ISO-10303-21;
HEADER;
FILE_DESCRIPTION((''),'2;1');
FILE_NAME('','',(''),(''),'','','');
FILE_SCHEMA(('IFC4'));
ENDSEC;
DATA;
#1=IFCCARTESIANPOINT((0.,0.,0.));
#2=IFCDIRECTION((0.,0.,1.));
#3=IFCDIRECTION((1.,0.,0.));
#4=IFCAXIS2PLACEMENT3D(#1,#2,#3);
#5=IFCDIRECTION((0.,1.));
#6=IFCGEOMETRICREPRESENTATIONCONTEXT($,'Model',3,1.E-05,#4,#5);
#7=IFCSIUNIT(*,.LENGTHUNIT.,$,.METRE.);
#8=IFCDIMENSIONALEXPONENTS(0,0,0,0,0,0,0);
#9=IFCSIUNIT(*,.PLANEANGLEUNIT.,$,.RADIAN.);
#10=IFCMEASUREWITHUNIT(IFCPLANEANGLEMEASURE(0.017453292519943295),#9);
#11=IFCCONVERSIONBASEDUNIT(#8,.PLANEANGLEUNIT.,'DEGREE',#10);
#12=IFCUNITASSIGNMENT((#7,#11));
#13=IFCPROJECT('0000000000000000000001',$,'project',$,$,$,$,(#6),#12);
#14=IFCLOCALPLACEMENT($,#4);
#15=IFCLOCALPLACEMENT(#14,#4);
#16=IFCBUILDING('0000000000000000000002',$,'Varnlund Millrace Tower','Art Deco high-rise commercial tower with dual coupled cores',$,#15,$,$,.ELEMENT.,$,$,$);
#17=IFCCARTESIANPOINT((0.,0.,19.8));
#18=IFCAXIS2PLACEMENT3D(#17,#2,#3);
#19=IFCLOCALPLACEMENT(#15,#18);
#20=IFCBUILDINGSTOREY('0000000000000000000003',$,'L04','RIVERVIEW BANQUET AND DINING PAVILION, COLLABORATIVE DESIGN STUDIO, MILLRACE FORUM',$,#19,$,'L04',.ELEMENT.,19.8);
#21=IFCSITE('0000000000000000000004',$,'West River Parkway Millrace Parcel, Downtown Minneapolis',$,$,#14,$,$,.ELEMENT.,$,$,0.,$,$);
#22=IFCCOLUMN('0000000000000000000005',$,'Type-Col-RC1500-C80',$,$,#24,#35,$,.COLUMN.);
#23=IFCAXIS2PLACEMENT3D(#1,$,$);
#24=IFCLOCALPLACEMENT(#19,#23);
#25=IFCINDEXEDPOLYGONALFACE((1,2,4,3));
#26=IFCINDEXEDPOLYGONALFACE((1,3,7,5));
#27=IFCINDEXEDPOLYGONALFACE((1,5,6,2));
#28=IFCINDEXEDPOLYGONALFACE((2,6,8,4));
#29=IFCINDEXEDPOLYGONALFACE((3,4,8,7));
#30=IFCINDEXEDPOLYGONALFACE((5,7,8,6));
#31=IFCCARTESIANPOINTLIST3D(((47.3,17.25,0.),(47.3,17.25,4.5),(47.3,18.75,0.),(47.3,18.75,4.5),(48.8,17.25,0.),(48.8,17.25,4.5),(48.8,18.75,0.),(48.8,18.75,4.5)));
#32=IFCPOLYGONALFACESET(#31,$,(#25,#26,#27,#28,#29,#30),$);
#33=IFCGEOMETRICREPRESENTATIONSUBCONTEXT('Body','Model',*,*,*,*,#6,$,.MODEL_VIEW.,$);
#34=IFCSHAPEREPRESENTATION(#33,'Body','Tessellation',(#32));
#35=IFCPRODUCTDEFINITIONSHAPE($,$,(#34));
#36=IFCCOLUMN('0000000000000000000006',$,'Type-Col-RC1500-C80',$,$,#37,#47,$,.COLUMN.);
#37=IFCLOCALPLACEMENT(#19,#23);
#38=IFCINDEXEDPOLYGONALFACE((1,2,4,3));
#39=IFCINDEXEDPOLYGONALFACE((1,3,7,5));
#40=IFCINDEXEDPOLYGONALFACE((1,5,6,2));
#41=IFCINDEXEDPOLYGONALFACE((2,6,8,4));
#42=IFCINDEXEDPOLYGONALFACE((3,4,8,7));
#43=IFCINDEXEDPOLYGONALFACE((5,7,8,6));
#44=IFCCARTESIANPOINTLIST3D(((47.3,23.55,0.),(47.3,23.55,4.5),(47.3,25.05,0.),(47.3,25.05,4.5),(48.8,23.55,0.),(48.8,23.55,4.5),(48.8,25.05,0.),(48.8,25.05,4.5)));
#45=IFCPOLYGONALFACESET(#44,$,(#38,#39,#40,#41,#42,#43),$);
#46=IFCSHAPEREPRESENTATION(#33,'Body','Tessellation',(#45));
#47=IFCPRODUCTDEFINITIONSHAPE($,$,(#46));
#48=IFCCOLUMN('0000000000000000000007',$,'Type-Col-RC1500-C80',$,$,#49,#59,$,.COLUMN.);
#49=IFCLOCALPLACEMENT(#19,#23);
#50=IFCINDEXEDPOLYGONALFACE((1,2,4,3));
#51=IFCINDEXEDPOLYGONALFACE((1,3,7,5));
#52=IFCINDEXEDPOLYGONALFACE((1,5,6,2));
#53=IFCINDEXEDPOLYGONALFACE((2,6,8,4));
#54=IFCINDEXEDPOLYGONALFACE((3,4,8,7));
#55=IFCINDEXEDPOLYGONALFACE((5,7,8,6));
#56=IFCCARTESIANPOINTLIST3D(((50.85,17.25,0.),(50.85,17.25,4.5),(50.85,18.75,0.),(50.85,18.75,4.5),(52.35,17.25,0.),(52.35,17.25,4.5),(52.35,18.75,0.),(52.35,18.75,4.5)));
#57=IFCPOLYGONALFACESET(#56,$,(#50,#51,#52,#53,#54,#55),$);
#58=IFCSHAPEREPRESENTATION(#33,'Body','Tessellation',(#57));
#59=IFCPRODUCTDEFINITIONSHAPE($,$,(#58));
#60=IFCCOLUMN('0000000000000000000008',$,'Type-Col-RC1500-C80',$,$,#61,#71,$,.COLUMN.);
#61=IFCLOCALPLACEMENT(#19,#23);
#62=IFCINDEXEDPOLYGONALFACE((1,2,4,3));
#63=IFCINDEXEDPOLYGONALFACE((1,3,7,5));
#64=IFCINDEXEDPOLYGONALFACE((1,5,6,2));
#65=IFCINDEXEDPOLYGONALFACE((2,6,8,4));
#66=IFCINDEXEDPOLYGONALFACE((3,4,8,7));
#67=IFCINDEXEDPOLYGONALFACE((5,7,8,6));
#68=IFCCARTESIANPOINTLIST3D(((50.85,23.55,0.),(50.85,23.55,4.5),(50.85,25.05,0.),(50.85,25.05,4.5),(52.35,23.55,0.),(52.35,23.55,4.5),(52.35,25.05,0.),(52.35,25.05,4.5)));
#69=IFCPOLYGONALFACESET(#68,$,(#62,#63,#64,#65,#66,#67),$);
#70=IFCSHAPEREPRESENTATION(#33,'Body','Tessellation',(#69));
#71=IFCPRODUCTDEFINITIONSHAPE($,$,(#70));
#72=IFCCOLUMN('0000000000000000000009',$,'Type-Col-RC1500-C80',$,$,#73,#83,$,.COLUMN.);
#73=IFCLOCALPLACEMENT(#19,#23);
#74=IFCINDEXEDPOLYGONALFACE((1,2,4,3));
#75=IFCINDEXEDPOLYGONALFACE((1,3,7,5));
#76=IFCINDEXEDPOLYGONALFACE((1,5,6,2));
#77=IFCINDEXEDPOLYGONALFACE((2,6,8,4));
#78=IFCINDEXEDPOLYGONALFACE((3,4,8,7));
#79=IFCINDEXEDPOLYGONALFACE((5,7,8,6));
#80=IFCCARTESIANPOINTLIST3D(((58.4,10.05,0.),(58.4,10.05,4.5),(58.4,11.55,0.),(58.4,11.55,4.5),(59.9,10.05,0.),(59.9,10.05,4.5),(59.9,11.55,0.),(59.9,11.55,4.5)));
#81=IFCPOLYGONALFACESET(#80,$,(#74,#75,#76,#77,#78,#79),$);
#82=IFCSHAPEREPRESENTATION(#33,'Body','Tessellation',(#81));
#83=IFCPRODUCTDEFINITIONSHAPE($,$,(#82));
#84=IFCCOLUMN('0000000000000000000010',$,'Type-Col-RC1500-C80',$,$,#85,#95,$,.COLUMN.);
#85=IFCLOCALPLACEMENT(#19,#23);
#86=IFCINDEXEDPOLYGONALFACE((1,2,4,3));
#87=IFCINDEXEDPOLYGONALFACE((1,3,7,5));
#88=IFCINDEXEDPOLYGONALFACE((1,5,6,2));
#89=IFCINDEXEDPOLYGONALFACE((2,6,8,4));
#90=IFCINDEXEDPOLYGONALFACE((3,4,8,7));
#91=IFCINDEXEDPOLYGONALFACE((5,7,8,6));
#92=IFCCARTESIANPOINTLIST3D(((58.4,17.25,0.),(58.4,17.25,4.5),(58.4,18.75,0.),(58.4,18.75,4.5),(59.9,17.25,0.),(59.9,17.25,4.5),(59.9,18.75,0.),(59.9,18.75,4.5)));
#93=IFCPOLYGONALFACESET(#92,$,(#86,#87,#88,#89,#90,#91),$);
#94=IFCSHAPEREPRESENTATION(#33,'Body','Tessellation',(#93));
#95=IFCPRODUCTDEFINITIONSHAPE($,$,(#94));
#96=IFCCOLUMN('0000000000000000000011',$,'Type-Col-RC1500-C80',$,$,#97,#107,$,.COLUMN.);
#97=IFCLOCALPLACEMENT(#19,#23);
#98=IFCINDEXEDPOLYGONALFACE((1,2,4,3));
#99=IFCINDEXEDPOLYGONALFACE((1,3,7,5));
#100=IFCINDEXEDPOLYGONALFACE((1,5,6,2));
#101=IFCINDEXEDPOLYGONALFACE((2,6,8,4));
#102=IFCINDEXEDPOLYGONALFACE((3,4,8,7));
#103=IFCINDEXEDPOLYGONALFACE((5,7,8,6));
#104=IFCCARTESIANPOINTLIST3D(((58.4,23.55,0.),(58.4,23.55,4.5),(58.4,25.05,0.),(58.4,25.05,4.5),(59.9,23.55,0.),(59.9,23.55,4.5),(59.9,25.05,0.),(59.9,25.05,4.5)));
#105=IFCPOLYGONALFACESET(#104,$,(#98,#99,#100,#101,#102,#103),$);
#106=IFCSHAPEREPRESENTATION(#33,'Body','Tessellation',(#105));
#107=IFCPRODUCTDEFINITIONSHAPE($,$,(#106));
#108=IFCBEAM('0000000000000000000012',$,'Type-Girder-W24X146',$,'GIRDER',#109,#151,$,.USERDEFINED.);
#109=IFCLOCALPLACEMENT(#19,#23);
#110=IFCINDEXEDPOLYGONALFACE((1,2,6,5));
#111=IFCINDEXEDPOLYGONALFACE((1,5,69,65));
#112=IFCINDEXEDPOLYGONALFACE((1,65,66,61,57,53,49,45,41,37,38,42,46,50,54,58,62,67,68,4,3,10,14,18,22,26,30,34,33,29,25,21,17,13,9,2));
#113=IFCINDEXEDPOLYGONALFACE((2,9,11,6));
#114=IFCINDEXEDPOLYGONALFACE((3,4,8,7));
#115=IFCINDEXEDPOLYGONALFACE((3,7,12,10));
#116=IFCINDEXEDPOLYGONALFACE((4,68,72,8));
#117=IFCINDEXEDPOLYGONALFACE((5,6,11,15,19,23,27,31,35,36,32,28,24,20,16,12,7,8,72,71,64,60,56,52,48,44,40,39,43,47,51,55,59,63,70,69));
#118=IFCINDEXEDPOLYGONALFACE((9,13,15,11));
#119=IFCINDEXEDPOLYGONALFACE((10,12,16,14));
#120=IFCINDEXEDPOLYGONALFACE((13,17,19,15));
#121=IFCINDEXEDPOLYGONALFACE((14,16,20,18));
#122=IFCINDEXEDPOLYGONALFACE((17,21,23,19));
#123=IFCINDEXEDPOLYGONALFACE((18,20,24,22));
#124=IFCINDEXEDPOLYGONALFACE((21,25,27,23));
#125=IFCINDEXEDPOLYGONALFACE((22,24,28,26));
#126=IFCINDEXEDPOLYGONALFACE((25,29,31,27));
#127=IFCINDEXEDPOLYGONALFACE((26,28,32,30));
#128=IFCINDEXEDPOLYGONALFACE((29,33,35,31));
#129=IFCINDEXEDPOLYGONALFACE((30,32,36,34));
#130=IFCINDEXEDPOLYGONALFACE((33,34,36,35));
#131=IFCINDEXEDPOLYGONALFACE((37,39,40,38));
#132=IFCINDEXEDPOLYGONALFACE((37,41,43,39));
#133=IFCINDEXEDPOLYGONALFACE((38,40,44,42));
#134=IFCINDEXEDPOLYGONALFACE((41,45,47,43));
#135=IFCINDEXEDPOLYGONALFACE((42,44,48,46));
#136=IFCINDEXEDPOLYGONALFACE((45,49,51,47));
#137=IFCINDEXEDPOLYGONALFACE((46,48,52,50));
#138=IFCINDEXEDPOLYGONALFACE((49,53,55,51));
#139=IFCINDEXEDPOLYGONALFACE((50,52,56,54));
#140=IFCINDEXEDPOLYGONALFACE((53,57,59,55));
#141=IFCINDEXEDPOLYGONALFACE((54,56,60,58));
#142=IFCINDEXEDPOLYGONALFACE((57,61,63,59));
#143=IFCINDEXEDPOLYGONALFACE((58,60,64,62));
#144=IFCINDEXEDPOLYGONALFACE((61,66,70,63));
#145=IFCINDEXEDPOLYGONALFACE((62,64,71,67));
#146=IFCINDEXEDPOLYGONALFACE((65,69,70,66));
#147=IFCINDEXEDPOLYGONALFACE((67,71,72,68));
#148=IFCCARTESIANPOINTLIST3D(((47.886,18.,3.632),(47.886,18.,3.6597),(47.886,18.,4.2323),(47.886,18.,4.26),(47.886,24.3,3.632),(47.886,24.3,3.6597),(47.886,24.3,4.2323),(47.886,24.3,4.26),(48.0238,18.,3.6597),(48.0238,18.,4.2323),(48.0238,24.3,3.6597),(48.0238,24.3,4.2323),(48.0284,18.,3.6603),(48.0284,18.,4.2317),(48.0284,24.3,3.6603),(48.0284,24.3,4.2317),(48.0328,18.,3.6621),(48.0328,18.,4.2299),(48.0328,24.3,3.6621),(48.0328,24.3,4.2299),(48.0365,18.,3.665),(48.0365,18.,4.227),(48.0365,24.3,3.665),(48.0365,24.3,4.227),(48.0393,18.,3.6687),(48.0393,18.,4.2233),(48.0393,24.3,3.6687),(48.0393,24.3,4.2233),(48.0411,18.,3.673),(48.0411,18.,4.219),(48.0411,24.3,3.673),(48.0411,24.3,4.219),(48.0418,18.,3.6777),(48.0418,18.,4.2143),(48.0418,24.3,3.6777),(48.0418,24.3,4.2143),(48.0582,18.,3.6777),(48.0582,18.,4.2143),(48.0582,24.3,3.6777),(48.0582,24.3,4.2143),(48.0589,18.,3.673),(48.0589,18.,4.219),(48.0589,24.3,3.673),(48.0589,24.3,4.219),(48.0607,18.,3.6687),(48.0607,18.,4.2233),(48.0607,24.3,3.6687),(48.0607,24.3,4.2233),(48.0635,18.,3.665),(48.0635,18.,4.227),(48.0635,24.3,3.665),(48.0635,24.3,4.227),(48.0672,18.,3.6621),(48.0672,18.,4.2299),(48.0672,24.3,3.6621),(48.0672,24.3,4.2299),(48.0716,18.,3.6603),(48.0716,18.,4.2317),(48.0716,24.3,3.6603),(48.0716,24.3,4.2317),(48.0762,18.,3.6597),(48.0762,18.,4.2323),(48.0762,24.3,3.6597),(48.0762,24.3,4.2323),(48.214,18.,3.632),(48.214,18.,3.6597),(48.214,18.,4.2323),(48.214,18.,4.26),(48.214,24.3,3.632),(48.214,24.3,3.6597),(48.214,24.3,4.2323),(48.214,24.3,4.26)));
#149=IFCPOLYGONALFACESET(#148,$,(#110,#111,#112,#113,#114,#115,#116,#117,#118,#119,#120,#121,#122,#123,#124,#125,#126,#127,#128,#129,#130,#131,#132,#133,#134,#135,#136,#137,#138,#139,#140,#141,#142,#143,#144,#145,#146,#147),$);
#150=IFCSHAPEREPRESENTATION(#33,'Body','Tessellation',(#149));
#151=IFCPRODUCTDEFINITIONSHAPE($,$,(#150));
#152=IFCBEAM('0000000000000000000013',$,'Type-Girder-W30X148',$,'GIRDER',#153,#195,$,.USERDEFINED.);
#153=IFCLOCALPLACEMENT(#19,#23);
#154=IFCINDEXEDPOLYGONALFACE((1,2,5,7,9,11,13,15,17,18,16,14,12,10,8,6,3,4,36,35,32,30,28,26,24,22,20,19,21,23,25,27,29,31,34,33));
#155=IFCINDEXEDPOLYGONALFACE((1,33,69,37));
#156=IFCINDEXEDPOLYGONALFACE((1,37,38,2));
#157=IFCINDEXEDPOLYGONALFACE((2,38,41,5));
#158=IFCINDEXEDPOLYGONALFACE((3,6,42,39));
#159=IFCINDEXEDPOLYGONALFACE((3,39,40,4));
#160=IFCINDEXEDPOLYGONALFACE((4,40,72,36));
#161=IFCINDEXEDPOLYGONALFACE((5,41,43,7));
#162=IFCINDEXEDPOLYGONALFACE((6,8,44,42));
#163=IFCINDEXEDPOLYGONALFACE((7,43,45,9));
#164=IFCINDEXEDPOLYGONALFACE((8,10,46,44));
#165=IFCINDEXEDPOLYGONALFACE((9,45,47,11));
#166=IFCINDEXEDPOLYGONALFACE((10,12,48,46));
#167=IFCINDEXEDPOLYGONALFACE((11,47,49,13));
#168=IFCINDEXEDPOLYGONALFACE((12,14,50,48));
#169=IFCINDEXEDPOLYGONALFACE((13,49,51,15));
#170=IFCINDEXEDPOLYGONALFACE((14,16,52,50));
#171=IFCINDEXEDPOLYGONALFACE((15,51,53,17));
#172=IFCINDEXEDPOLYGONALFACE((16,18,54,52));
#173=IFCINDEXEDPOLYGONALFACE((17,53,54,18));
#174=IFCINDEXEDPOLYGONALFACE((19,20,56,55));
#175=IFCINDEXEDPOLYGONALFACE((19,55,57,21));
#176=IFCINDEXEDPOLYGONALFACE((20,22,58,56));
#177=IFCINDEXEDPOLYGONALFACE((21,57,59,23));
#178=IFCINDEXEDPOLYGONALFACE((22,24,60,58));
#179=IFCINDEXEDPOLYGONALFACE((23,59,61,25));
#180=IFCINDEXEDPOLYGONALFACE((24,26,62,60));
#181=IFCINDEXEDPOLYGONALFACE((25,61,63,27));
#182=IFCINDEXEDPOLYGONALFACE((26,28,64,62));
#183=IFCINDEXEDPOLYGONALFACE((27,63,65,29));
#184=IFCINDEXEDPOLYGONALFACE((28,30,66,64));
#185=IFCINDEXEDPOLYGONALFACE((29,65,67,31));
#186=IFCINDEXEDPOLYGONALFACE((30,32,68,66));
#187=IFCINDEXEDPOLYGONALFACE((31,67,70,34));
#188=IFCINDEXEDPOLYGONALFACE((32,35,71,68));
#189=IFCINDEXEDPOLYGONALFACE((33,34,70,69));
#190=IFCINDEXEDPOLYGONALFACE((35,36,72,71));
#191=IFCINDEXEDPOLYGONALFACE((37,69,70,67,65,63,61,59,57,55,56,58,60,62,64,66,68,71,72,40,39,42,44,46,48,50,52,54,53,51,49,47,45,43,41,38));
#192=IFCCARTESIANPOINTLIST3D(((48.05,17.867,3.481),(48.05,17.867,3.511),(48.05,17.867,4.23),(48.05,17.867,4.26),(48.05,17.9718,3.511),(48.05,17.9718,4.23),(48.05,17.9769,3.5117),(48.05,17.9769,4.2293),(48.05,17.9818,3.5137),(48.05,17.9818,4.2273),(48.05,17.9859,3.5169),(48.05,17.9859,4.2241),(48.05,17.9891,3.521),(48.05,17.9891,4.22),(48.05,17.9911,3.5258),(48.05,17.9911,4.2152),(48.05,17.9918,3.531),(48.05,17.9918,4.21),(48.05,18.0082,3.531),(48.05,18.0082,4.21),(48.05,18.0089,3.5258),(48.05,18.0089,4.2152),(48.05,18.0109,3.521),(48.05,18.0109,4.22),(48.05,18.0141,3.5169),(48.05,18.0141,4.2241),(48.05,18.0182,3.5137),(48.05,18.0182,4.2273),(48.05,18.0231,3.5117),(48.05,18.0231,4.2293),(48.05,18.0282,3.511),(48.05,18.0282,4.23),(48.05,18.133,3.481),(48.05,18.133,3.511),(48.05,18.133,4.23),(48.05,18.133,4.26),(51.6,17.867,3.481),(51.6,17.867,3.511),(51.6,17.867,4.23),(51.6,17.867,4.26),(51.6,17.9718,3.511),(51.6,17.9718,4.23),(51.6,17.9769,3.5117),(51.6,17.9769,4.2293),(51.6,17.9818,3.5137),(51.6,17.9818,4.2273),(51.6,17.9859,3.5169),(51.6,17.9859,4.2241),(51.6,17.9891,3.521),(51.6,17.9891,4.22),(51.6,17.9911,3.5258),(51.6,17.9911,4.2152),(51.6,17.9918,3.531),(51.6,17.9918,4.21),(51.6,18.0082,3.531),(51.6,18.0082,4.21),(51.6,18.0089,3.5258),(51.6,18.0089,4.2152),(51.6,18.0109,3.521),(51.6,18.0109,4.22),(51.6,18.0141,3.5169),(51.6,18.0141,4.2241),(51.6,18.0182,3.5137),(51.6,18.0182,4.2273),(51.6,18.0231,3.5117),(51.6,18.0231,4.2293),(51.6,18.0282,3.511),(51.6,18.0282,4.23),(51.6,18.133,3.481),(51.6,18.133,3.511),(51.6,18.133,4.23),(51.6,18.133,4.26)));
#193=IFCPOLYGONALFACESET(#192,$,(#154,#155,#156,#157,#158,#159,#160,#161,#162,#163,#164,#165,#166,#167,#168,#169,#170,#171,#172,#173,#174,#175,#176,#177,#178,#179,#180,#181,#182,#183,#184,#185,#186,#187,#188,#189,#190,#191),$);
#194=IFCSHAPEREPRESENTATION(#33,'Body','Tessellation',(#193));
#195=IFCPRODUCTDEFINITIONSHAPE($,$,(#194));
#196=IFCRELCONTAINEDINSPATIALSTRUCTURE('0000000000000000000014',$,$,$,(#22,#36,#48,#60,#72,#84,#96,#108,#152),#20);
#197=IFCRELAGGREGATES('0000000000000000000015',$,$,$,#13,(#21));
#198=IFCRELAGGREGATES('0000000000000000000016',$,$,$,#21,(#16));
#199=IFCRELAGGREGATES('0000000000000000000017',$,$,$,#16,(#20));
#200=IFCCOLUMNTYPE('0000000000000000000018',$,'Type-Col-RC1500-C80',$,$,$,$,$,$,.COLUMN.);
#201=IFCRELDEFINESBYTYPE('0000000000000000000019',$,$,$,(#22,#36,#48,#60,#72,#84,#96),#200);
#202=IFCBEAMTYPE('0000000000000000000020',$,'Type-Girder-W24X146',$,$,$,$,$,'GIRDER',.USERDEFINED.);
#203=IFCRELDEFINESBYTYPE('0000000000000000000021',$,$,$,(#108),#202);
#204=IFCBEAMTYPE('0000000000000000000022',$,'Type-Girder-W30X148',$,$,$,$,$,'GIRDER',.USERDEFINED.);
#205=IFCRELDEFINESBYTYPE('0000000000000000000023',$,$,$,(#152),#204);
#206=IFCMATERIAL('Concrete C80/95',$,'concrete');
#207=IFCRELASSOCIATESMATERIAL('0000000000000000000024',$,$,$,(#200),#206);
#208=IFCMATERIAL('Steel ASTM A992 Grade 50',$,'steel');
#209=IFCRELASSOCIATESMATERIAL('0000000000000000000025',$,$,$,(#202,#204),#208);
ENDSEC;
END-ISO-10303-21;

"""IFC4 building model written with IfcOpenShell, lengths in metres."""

from ifc_helpers import new_model, entity, si_unit, converted_unit, direction, frame, origin_with_axes, origin_2d_with_axis, place, context, subcontext, project, spatial, rectangle, i_section, extrude, material, material_profile, profile_set, type_object, element, save


model = new_model("IFC4")

# Units and contexts
model_context = context("Model", 3, precision=1e-05, world=origin_with_axes(), true_north=direction((0.0, 1.0)))
body_context = subcontext(model_context, "Body", "Model", "MODEL_VIEW")
ifc_project = project(units=[si_unit("LENGTHUNIT", "METRE"), converted_unit("PLANEANGLEUNIT", "DEGREE", entity("IfcPlaneAngleMeasure", 0.017453292519943295), si_unit("PLANEANGLEUNIT", "RADIAN"), dimensions=[0, 0, 0, 0, 0, 0, 0])], contexts=[model_context])

# Site, building, storey
site_placement = place(None, origin_with_axes())
site = spatial("IfcSite", under=ifc_project, at=site_placement, Name="West River Parkway Millrace Parcel, Downtown Minneapolis", CompositionType="ELEMENT", RefElevation=0.0)
building_placement = place(site_placement, origin_with_axes())
building = spatial("IfcBuilding", under=site, at=building_placement, Name="Varnlund Millrace Tower", Description="Art Deco high-rise commercial tower with dual coupled cores", CompositionType="ELEMENT")
storey_placement = place(building_placement, frame((0.0, 0.0, 19.8), z_axis=(0.0, 0.0, 1.0), x_axis=(1.0, 0.0, 0.0)))
storey = spatial("IfcBuildingStorey", under=building, at=storey_placement, Name="L04", Description="RIVERVIEW BANQUET AND DINING PAVILION, COLLABORATIVE DESIGN STUDIO, MILLRACE FORUM", LongName="L04", CompositionType="ELEMENT", Elevation=19.8)

# Columns
ifc_material_1 = material(Name="Concrete C80/95", Category="concrete")
ifc_material_profile_1 = material_profile(ifc_material_1, rectangle(XDim=1.5, YDim=1.5, at=origin_2d_with_axis()), Name="Concrete C80/95")
ifc_profile_set_1 = profile_set([ifc_material_profile_1], Name="Concrete C80/95")
column_type = type_object("IfcColumnType", Name="Type-Col-RC1500-C80", PredefinedType="COLUMN", material=ifc_profile_set_1)
for number, where, z_axis, x_axis, name in (
    (1, (48.05, 18.0, 0.0), (0.0, 0.0, 1.0), (1.0, 0.0, 0.0), "Type-Col-RC1500-C80"),
    (2, (48.05, 24.3, 0.0), (0.0, 0.0, 1.0), (1.0, 0.0, 0.0), "Type-Col-RC1500-C80"),
    (3, (51.6, 18.0, 0.0), (0.0, 0.0, 1.0), (1.0, 0.0, 0.0), "Type-Col-RC1500-C80"),
    (4, (51.6, 24.3, 0.0), (0.0, 0.0, 1.0), (1.0, 0.0, 0.0), "Type-Col-RC1500-C80"),
    (5, (59.15, 10.8, 0.0), (0.0, 0.0, 1.0), (1.0, 0.0, 0.0), "Type-Col-RC1500-C80"),
    (6, (59.15, 18.0, 0.0), (0.0, 0.0, 1.0), (1.0, 0.0, 0.0), "Type-Col-RC1500-C80"),
    (7, (59.15, 24.3, 0.0), (0.0, 0.0, 1.0), (1.0, 0.0, 0.0), "Type-Col-RC1500-C80"),
):
    element("IfcColumn", number, at=place(storey_placement, frame(where, z_axis=z_axis, x_axis=x_axis)), inside=storey, type_object=column_type, Name=name, PredefinedType="COLUMN", context=body_context, shape_type="SweptSolid", body=[
        extrude(rectangle(XDim=1.5, YDim=1.5, at=origin_2d_with_axis()), origin_with_axes(), (0.0, 0.0, 1.0), 4.5),
    ])

# Beams
ifc_material_2 = material(Name="Steel ASTM A992 Grade 50", Category="steel")
ifc_material_profile_2 = material_profile(ifc_material_2, i_section(OverallWidth=0.328, OverallDepth=0.628, WebThickness=0.0165, FlangeThickness=0.0277, FilletRadius=0.018, at=origin_2d_with_axis()), Name="Steel ASTM A992 Grade 50")
ifc_profile_set_2 = profile_set([ifc_material_profile_2], Name="Steel ASTM A992 Grade 50")
beam_type_1 = type_object("IfcBeamType", Name="Type-Girder-W24X146", ElementType="GIRDER", PredefinedType="USERDEFINED", material=ifc_profile_set_2)
beam_1_placement = place(storey_placement, frame((48.05, 18.0, 3.946), z_axis=(0.0, 1.0, 0.0), x_axis=(-1.0, 0.0, 0.0)))
element("IfcBeam", 8, at=beam_1_placement, inside=storey, type_object=beam_type_1, Name="Type-Girder-W24X146", ObjectType="GIRDER", PredefinedType="USERDEFINED", context=body_context, shape_type="SweptSolid", body=[
    extrude(i_section(OverallWidth=0.328, OverallDepth=0.628, WebThickness=0.0165, FlangeThickness=0.0277, FilletRadius=0.018, at=origin_2d_with_axis()), origin_with_axes(), (0.0, 0.0, 1.0), 6.3),
])
ifc_material_profile_3 = material_profile(ifc_material_2, i_section(OverallWidth=0.266, OverallDepth=0.779, WebThickness=0.0165, FlangeThickness=0.03, FilletRadius=0.02, at=origin_2d_with_axis()), Name="Steel ASTM A992 Grade 50")
ifc_profile_set_3 = profile_set([ifc_material_profile_3], Name="Steel ASTM A992 Grade 50")
beam_type_2 = type_object("IfcBeamType", Name="Type-Girder-W30X148", ElementType="GIRDER", PredefinedType="USERDEFINED", material=ifc_profile_set_3)
beam_2_placement = place(storey_placement, frame((48.05, 18.0, 3.8705), z_axis=(1.0, 0.0, 0.0), x_axis=(0.0, 1.0, 0.0)))
element("IfcBeam", 9, at=beam_2_placement, inside=storey, type_object=beam_type_2, Name="Type-Girder-W30X148", ObjectType="GIRDER", PredefinedType="USERDEFINED", context=body_context, shape_type="SweptSolid", body=[
    extrude(i_section(OverallWidth=0.266, OverallDepth=0.779, WebThickness=0.0165, FlangeThickness=0.03, FilletRadius=0.02, at=origin_2d_with_axis()), origin_with_axes(), (0.0, 0.0, 1.0), 3.55),
])

save(model, "model.ifc")
